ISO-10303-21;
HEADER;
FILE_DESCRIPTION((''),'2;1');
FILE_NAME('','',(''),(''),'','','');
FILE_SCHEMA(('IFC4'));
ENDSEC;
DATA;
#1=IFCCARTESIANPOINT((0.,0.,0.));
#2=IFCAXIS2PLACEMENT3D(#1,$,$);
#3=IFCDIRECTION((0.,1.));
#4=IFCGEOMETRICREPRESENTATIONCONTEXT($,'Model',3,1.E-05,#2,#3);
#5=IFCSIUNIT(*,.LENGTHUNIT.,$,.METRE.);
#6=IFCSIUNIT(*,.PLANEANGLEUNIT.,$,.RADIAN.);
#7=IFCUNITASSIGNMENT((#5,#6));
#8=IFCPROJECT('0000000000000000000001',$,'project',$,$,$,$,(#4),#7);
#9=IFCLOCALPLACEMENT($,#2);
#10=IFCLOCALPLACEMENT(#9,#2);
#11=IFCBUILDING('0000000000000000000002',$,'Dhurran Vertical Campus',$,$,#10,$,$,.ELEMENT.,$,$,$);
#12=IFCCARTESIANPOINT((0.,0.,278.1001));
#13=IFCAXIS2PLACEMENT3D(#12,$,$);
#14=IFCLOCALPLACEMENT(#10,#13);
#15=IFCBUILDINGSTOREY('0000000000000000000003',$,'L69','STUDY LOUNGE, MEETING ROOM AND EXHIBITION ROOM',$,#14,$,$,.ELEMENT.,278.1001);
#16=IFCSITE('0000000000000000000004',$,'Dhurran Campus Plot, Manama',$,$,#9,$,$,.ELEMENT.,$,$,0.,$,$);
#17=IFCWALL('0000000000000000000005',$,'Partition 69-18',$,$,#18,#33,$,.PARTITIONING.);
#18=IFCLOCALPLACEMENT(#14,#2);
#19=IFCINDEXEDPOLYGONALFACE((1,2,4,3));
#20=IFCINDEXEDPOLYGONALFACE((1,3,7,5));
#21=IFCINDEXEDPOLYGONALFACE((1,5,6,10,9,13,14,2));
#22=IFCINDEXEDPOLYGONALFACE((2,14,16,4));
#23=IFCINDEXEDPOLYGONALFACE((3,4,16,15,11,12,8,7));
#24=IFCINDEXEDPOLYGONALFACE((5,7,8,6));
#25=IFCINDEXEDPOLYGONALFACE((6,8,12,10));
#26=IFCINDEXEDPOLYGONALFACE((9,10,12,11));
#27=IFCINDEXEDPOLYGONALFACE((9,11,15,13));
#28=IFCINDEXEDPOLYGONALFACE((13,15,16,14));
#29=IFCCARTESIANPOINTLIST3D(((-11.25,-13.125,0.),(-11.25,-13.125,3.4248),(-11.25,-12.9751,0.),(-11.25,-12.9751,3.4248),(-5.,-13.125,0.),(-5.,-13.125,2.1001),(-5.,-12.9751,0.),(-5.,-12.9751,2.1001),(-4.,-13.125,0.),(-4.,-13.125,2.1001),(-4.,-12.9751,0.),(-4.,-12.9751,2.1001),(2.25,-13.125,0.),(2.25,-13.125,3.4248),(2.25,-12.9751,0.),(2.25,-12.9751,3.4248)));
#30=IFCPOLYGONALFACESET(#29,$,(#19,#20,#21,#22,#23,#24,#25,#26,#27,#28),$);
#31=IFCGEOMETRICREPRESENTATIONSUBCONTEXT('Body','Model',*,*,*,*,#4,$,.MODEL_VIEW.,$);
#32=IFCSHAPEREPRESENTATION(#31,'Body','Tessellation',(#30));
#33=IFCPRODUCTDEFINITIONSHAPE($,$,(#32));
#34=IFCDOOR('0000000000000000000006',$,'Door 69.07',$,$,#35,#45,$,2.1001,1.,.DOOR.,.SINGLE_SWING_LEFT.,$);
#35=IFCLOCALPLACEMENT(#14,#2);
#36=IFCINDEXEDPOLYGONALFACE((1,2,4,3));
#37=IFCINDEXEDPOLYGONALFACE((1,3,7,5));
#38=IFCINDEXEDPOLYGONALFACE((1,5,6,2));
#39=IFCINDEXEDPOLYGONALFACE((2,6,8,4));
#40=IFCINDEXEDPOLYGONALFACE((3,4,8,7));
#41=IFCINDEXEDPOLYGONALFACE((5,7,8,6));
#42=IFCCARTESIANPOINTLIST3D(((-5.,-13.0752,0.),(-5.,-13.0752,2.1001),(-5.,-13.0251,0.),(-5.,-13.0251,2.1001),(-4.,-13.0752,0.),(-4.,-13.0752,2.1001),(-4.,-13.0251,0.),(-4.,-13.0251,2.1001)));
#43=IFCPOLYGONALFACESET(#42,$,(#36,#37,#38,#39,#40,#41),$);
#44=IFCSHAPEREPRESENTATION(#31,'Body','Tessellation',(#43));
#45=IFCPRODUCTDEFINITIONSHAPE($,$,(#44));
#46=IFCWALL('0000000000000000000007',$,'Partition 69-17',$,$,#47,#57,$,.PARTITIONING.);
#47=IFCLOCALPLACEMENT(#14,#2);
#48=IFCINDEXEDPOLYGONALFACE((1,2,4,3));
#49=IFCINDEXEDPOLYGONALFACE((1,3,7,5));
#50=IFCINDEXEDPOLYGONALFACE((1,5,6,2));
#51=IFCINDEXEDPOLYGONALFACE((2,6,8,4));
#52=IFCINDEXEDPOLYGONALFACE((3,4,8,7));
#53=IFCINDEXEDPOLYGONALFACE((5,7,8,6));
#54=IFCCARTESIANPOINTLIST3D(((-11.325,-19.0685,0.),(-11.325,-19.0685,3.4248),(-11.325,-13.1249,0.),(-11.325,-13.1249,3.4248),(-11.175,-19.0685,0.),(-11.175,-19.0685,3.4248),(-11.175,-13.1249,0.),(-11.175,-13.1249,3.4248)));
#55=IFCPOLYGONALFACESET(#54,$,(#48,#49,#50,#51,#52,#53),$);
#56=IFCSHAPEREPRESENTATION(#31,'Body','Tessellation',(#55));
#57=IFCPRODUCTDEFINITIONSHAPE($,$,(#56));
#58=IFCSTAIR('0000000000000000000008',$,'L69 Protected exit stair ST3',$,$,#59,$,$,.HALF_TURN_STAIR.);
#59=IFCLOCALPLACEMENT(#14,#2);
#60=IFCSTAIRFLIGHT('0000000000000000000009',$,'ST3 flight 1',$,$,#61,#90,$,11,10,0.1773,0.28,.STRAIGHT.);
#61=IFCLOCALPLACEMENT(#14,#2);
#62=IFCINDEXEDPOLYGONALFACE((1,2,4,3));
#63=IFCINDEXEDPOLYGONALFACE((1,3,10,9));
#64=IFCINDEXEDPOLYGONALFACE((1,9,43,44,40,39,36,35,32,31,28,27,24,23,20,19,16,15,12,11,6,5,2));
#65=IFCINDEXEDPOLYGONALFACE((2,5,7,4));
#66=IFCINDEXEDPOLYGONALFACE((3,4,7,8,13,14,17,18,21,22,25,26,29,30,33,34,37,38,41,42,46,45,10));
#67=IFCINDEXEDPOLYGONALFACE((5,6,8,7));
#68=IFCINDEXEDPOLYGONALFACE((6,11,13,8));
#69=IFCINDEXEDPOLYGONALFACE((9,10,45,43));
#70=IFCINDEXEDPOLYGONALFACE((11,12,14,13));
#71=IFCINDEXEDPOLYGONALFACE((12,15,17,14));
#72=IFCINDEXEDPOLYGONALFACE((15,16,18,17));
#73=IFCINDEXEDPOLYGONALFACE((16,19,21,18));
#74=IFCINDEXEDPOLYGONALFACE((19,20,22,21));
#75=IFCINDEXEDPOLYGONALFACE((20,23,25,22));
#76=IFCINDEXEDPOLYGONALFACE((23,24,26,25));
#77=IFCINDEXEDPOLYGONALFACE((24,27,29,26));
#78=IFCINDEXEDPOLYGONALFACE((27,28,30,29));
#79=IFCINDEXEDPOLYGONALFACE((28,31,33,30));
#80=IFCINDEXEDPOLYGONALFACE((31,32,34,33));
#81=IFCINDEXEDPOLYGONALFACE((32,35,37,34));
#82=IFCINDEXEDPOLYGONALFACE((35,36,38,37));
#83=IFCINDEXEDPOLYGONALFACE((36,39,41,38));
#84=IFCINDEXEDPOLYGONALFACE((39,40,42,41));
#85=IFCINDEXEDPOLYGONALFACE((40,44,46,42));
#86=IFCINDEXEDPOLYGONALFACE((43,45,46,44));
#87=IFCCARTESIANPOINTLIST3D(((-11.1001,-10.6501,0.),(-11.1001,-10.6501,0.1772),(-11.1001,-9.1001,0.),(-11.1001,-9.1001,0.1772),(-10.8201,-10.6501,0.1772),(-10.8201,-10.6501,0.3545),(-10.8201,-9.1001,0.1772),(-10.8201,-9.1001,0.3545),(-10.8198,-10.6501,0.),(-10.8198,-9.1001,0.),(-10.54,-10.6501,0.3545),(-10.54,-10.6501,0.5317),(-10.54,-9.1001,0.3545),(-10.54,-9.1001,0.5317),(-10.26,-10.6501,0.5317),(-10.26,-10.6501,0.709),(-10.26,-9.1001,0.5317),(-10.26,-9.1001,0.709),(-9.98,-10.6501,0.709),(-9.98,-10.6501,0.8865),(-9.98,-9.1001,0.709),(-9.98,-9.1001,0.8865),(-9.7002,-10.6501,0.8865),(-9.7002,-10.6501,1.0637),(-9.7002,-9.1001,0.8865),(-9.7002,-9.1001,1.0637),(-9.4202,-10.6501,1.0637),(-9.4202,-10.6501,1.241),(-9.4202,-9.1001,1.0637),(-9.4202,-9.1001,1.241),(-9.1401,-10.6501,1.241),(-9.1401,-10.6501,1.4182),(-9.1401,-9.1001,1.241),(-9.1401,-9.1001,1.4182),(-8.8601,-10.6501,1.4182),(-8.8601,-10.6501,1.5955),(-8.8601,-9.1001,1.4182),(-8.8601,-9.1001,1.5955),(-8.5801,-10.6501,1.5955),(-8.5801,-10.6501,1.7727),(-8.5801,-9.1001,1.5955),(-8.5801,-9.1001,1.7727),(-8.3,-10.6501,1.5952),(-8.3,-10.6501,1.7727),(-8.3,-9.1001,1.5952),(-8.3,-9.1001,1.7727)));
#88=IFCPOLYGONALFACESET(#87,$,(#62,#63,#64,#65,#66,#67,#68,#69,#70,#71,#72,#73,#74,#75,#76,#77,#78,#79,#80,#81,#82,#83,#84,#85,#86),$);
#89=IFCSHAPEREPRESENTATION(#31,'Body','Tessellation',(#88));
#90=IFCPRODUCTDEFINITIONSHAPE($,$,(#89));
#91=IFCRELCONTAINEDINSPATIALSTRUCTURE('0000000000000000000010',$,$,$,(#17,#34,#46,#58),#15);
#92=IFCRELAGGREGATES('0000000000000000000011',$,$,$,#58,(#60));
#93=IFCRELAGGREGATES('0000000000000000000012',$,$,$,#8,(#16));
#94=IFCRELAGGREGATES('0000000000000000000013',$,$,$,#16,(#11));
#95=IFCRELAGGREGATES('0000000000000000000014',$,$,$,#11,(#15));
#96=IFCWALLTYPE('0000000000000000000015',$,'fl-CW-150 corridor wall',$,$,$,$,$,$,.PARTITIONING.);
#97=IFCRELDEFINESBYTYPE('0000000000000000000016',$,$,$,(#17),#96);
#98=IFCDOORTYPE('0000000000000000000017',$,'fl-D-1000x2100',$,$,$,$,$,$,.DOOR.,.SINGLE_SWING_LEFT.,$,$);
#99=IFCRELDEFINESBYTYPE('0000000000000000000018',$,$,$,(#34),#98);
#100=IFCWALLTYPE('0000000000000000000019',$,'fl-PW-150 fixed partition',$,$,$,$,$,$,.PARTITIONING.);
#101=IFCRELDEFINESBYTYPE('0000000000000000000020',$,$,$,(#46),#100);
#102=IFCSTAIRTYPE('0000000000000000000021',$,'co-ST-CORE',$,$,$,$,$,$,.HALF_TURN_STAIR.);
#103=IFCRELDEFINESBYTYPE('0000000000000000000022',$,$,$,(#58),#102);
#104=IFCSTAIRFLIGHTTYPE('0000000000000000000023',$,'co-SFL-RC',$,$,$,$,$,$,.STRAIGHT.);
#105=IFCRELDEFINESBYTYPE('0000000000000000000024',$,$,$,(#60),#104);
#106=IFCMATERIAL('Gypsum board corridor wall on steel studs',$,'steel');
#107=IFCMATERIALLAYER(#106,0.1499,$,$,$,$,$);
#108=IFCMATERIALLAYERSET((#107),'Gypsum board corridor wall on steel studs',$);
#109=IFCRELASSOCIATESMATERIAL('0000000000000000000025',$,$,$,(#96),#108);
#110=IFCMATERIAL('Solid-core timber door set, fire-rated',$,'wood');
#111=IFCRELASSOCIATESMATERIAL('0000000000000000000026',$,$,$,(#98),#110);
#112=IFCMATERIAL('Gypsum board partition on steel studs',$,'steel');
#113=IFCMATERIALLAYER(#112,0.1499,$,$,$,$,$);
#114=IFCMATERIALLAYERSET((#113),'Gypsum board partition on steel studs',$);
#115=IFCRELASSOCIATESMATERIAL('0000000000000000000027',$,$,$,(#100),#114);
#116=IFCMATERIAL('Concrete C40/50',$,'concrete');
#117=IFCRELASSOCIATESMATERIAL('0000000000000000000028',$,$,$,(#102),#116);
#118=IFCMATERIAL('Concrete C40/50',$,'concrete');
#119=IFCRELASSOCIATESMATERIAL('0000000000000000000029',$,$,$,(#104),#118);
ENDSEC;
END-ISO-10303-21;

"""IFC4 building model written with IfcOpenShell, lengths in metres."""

from ifc_helpers import new_model, si_unit, direction, frame, frame_2d, origin, place, context, subcontext, project, spatial, polyline, rectangle, outline, extrude, material, layer, layer_set, type_object, element, fill, aggregate, save


model = new_model("IFC4")

# Units and contexts
model_context = context("Model", 3, precision=1e-05, world=origin(), true_north=direction((0.0, 1.0)))
body_context = subcontext(model_context, "Body", "Model", "MODEL_VIEW")
ifc_project = project(units=[si_unit("LENGTHUNIT", "METRE"), si_unit("PLANEANGLEUNIT", "RADIAN")], contexts=[model_context])

# Site, building, storey
site_placement = place(None, origin())
site = spatial("IfcSite", under=ifc_project, at=site_placement, Name="Dhurran Campus Plot, Manama", CompositionType="ELEMENT", RefElevation=0.0)
building_placement = place(site_placement, origin())
building = spatial("IfcBuilding", under=site, at=building_placement, Name="Dhurran Vertical Campus", CompositionType="ELEMENT")
storey_placement = place(building_placement, frame((0.0, 0.0, 278.1001)))
storey = spatial("IfcBuildingStorey", under=building, at=storey_placement, Name="L69", Description="STUDY LOUNGE, MEETING ROOM AND EXHIBITION ROOM", CompositionType="ELEMENT", Elevation=278.1001)

# Wall, opening, door
ifc_material_1 = material(Name="Gypsum board corridor wall on steel studs", Category="steel")
ifc_layer_1 = layer(ifc_material_1, 0.1499)
ifc_layer_set_1 = layer_set([ifc_layer_1], Name="Gypsum board corridor wall on steel studs")
wall_type_1 = type_object("IfcWallType", Name="fl-CW-150 corridor wall", PredefinedType="PARTITIONING", material=ifc_layer_set_1)
wall_1_placement = place(storey_placement, frame((-11.25, -13.05, 0.0), z_axis=(0.0, 0.0, 1.0), x_axis=(1.0, 0.0, 0.0)))
wall_1 = element("IfcWall", 1, at=wall_1_placement, inside=storey, type_object=wall_type_1, Name="Partition 69-18", PredefinedType="PARTITIONING", context=body_context, shape_type="SweptSolid", body=[
    extrude(rectangle(XDim=13.5, YDim=0.1499, at=frame_2d((6.75, 0.0))), origin(), (0.0, 0.0, 1.0), 3.4248),
])
opening_1_placement = place(wall_1_placement, frame((6.25, 0.0, 0.0)))
opening_1 = element("IfcOpeningElement", 2, at=opening_1_placement, cuts=wall_1, PredefinedType="OPENING", context=body_context, shape_type="SweptSolid", body=[
    extrude(rectangle(XDim=1.0, YDim=2.1001, at=frame_2d((0.5, 1.05))), frame((0.0, 0.085, 0.0), z_axis=(0.0, -1.0, 0.0), x_axis=(1.0, 0.0, 0.0)), (0.0, 0.0, 1.0), 0.1699),
])
ifc_material_2 = material(Name="Solid-core timber door set, fire-rated", Category="wood")
door_type_1 = type_object("IfcDoorType", Name="fl-D-1000x2100", OperationType="SINGLE_SWING_LEFT", PredefinedType="DOOR", material=ifc_material_2)
door_1_placement = place(opening_1_placement, origin())
door_1 = element("IfcDoor", 3, at=door_1_placement, inside=storey, type_object=door_type_1, Name="Door 69.07", OperationType="SINGLE_SWING_LEFT", OverallHeight=2.1001, OverallWidth=1.0, PredefinedType="DOOR", context=body_context, shape_type="SweptSolid", body=[
    extrude(rectangle(XDim=1.0, YDim=2.1001, at=frame_2d((0.5, 1.05))), frame((0.0, 0.0249, 0.0), z_axis=(0.0, -1.0, 0.0), x_axis=(1.0, 0.0, 0.0)), (0.0, 0.0, 1.0), 0.05),
])
fill(opening_1, door_1)

# Wall
ifc_material_3 = material(Name="Gypsum board partition on steel studs", Category="steel")
ifc_layer_2 = layer(ifc_material_3, 0.1499)
ifc_layer_set_2 = layer_set([ifc_layer_2], Name="Gypsum board partition on steel studs")
wall_type_2 = type_object("IfcWallType", Name="fl-PW-150 fixed partition", PredefinedType="PARTITIONING", material=ifc_layer_set_2)
wall_2_placement = place(storey_placement, frame((-11.25, -13.125, 0.0), z_axis=(0.0, 0.0, 1.0), x_axis=(0.0, -1.0, 0.0)))
element("IfcWall", 4, at=wall_2_placement, inside=storey, type_object=wall_type_2, Name="Partition 69-17", PredefinedType="PARTITIONING", context=body_context, shape_type="SweptSolid", body=[
    extrude(rectangle(XDim=5.9436, YDim=0.1499, at=frame_2d((2.9717, 0.0))), origin(), (0.0, 0.0, 1.0), 3.4248),
])

# Stair, stair flight
ifc_material_4 = material(Name="Concrete C40/50", Category="concrete")
stair_type = type_object("IfcStairType", Name="co-ST-CORE", PredefinedType="HALF_TURN_STAIR", material=ifc_material_4)
stair_placement = place(storey_placement, origin())
stair = element("IfcStair", 5, at=stair_placement, inside=storey, type_object=stair_type, Name="L69 Protected exit stair ST3", PredefinedType="HALF_TURN_STAIR")
ifc_material_5 = material(Name="Concrete C40/50", Category="concrete")
stair_flight_type = type_object("IfcStairFlightType", Name="co-SFL-RC", PredefinedType="STRAIGHT", material=ifc_material_5)
stair_flight_placement = place(storey_placement, frame((-11.1001, -9.875, 0.0), z_axis=(0.0, 0.0, 1.0), x_axis=(1.0, 0.0, 0.0)))
stair_flight = element("IfcStairFlight", 6, at=stair_flight_placement, type_object=stair_flight_type, Name="ST3 flight 1", NumberOfRisers=11, NumberOfTreads=10, PredefinedType="STRAIGHT", RiserHeight=0.1773, TreadLength=0.28, context=body_context, shape_type="SweptSolid", body=[
    extrude(outline(polyline([(0.0, 0.0), (0.0, 0.1772), (0.28, 0.1772), (0.28, 0.3545), (0.5601, 0.3545), (0.5601, 0.5317), (0.8401, 0.5317), (0.8401, 0.709), (1.1201, 0.709), (1.1201, 0.8865), (1.3999, 0.8865), (1.3999, 1.0637), (1.6799, 1.0637), (1.6799, 1.241), (1.96, 1.241), (1.96, 1.4182), (2.24, 1.4182), (2.24, 1.5955), (2.52, 1.5955), (2.52, 1.7727), (2.8, 1.7727), (2.8, 1.95), (2.8, 1.5952), (0.2803, 0.0), (0.0, 0.0)])), frame((0.0, 0.7749, 0.0), z_axis=(0.0, -1.0, 0.0), x_axis=(1.0, 0.0, 0.0)), (0.0, 0.0, 1.0), 1.55),
])
aggregate(stair, [stair_flight])

save(model, "model.ifc")
